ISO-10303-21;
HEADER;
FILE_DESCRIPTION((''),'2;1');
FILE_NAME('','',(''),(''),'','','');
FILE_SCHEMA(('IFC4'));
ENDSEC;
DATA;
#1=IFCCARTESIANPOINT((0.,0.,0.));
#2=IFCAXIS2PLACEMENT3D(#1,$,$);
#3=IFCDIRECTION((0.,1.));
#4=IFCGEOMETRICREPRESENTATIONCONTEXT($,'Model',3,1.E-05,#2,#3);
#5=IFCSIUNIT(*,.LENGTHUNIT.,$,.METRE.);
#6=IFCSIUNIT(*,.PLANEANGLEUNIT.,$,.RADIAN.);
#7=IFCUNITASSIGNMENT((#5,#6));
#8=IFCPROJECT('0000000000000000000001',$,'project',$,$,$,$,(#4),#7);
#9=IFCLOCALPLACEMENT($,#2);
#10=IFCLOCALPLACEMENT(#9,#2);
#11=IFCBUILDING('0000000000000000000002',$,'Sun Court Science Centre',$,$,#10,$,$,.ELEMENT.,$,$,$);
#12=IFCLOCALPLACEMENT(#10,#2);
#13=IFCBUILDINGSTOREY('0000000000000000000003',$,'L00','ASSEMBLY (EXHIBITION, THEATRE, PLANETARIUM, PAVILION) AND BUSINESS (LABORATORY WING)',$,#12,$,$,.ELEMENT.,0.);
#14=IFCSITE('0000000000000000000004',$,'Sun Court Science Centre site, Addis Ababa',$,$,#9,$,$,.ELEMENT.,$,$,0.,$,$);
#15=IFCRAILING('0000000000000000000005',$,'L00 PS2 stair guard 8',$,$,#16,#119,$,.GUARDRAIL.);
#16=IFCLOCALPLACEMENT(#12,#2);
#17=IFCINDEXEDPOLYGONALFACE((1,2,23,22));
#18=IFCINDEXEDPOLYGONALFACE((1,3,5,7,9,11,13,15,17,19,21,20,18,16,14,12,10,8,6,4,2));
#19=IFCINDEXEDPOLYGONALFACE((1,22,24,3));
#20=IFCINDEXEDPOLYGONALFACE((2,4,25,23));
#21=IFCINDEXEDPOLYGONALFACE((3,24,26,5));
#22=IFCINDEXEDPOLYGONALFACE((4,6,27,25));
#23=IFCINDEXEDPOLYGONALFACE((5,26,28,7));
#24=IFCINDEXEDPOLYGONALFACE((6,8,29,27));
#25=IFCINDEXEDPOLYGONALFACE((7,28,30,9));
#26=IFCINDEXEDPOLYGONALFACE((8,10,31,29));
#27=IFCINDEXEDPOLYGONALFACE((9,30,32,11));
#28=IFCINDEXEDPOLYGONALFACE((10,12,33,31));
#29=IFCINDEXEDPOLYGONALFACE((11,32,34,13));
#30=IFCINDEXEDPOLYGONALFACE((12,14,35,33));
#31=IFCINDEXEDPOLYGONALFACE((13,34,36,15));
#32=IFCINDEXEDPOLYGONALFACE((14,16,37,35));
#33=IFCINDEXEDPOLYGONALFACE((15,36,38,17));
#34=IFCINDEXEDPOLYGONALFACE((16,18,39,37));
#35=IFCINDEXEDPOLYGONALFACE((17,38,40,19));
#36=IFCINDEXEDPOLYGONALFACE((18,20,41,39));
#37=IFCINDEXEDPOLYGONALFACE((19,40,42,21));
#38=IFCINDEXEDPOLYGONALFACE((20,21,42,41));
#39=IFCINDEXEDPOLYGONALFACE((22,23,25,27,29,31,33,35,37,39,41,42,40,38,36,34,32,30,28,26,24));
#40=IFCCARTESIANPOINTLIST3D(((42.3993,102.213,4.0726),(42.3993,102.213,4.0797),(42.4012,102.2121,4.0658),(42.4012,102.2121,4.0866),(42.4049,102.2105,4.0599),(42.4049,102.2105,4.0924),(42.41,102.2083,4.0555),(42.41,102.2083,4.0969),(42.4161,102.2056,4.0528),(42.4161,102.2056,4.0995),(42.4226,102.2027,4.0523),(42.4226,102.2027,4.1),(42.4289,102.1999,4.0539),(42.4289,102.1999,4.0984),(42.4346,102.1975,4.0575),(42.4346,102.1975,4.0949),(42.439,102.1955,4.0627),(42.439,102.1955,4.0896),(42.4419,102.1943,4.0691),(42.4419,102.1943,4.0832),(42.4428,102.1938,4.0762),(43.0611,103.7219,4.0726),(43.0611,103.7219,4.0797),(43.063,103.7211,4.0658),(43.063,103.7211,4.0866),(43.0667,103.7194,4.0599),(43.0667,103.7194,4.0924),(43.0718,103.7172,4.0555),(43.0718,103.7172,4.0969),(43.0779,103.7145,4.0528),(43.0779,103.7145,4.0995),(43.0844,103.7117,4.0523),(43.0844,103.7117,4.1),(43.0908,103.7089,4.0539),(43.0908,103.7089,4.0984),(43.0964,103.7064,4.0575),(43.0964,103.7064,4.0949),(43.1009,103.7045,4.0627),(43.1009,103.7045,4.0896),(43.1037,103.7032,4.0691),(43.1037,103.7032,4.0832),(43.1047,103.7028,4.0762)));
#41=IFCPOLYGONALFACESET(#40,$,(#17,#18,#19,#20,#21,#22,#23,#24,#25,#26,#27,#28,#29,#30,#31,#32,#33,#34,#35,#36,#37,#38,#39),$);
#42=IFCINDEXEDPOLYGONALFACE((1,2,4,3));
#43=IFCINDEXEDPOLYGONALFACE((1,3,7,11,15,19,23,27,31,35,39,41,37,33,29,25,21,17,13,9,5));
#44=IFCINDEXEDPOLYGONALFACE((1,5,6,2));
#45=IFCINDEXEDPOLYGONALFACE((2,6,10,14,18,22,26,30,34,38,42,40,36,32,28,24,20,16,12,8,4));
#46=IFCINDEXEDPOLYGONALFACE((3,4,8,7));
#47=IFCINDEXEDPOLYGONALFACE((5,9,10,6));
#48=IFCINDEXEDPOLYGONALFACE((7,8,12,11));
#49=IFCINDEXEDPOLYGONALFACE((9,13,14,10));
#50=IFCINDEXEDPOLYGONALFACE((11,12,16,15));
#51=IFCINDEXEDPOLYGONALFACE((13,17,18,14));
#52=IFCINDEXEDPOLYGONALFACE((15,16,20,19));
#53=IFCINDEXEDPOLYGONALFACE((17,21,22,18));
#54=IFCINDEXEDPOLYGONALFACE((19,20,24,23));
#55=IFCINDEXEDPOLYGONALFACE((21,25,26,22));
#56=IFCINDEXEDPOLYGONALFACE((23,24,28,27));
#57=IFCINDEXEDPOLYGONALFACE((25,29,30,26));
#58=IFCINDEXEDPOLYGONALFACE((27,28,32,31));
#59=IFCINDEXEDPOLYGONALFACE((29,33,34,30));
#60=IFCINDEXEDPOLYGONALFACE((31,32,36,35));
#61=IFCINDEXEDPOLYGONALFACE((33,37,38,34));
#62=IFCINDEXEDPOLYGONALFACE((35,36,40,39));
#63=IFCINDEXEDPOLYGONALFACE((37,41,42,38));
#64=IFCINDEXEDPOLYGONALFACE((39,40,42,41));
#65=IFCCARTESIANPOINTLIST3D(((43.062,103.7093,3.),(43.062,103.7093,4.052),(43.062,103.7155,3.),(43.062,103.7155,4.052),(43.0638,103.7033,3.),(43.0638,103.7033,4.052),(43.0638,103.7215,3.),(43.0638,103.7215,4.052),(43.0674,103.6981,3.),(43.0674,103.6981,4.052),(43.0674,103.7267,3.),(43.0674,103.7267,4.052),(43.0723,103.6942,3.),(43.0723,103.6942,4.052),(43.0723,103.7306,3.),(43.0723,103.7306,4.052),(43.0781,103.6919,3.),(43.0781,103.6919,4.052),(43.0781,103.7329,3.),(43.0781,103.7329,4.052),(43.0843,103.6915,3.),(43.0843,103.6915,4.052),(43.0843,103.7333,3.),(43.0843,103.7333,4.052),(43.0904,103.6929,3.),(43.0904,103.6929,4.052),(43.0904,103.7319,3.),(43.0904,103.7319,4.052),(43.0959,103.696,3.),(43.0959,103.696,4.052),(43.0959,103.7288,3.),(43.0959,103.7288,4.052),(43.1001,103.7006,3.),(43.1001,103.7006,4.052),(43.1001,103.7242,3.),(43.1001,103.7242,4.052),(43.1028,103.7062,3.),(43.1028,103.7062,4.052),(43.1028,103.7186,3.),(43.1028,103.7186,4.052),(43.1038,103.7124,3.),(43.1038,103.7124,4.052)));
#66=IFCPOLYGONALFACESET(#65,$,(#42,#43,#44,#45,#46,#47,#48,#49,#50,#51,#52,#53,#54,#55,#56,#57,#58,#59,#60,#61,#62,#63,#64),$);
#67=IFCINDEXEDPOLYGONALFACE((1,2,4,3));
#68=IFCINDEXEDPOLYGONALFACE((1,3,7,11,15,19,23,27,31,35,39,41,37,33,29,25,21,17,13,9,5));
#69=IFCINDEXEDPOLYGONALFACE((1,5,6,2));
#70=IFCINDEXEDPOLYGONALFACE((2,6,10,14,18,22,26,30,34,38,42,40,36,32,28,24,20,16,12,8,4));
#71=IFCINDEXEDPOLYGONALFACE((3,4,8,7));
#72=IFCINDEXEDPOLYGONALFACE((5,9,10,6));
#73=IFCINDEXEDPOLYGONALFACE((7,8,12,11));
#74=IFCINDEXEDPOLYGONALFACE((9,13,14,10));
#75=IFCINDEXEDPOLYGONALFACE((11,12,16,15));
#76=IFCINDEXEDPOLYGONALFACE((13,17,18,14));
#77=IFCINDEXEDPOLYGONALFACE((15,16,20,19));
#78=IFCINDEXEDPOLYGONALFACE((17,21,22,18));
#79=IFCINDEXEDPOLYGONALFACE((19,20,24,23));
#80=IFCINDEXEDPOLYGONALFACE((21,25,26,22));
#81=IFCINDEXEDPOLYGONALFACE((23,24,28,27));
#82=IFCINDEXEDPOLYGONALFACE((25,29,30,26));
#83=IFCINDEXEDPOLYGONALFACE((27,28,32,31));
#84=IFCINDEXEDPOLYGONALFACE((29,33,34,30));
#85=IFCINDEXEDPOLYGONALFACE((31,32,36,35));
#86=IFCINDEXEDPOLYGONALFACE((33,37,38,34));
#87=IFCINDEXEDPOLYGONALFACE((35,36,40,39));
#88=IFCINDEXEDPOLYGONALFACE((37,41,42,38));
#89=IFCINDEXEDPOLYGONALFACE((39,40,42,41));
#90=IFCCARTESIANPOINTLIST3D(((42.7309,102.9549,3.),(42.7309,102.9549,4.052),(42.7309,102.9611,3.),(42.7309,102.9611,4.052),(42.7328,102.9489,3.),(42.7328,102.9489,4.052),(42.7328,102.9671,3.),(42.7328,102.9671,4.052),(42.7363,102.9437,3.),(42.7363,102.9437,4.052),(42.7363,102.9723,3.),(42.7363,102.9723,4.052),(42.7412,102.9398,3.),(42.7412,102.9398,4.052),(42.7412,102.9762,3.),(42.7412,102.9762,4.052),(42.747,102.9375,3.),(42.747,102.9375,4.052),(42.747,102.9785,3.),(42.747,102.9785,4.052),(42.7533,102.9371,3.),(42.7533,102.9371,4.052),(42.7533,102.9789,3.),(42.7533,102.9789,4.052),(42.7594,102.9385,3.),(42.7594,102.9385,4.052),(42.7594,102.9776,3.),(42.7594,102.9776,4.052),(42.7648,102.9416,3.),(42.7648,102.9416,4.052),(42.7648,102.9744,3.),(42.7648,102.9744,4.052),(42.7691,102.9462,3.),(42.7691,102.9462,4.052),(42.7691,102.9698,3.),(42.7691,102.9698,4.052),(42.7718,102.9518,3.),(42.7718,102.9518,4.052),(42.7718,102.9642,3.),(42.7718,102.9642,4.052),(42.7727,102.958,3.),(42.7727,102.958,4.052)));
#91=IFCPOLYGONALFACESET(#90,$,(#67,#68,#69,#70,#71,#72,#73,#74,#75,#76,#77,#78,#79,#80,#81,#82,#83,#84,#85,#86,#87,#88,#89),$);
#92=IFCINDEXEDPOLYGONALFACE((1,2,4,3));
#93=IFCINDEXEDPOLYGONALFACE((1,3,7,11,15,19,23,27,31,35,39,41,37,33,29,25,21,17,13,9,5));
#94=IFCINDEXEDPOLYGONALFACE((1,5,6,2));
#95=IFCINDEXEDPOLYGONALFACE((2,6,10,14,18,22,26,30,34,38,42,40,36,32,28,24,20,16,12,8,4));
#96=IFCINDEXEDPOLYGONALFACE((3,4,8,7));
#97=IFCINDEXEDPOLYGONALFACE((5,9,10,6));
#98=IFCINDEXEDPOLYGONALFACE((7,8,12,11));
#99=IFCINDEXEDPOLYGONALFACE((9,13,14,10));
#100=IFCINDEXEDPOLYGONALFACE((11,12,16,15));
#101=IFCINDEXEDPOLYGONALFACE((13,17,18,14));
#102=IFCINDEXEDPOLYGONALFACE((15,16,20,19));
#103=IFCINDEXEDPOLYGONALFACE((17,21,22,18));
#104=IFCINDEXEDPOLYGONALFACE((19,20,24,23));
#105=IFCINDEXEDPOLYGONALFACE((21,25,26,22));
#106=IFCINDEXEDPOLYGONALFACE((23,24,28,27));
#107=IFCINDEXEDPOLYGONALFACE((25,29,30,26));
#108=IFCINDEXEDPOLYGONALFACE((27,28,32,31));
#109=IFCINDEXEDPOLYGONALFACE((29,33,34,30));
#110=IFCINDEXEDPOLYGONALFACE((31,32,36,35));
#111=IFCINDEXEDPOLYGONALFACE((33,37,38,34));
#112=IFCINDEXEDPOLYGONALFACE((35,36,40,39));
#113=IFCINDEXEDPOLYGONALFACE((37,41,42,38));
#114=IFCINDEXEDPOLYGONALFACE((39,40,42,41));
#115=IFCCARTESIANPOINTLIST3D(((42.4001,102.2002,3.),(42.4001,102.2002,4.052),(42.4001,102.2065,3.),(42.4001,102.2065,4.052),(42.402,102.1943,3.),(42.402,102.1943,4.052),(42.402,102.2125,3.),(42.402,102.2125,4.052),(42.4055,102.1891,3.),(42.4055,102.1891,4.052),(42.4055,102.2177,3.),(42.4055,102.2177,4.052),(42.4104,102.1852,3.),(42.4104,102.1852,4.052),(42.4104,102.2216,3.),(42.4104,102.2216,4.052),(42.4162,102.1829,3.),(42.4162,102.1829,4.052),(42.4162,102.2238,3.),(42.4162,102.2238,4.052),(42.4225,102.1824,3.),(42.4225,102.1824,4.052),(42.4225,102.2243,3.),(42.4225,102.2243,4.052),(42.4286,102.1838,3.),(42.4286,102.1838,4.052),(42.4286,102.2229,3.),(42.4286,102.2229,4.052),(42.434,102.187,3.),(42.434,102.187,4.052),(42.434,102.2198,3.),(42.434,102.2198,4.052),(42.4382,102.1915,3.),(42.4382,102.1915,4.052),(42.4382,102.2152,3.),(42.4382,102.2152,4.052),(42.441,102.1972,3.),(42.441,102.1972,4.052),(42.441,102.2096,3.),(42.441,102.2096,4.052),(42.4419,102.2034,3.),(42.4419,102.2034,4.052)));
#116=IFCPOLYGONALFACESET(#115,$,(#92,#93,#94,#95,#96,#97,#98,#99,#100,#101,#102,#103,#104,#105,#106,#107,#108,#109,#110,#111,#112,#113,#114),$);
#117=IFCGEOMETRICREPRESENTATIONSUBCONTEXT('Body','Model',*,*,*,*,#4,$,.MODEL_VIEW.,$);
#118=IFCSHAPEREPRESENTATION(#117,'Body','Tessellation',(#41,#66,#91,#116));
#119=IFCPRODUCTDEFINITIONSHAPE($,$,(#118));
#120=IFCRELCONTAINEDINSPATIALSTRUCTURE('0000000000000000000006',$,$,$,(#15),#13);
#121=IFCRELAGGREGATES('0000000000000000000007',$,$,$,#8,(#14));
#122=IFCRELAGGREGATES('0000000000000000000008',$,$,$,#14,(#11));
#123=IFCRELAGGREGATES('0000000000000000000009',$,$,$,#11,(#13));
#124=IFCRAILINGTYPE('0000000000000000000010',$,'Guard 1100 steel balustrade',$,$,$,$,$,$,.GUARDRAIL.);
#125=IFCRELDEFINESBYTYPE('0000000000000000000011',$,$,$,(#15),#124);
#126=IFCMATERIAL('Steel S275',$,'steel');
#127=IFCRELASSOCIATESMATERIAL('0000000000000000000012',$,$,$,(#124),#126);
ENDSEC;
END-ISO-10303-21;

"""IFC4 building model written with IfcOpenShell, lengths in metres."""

from ifc_helpers import new_model, si_unit, direction, frame, origin, origin_2d, place, context, subcontext, project, spatial, circle, extrude, material, type_object, element, save


model = new_model("IFC4")

# Units and contexts
model_context = context("Model", 3, precision=1e-05, world=origin(), true_north=direction((0.0, 1.0)))
body_context = subcontext(model_context, "Body", "Model", "MODEL_VIEW")
ifc_project = project(units=[si_unit("LENGTHUNIT", "METRE"), si_unit("PLANEANGLEUNIT", "RADIAN")], contexts=[model_context])

# Site, building, storey
site_placement = place(None, origin())
site = spatial("IfcSite", under=ifc_project, at=site_placement, Name="Sun Court Science Centre site, Addis Ababa", CompositionType="ELEMENT", RefElevation=0.0)
building_placement = place(site_placement, origin())
building = spatial("IfcBuilding", under=site, at=building_placement, Name="Sun Court Science Centre", CompositionType="ELEMENT")
storey_placement = place(building_placement, origin())
storey = spatial("IfcBuildingStorey", under=building, at=storey_placement, Name="L00", Description="ASSEMBLY (EXHIBITION, THEATRE, PLANETARIUM, PAVILION) AND BUSINESS (LABORATORY WING)", CompositionType="ELEMENT", Elevation=0.0)

# Railing
ifc_material_1 = material(Name="Steel S275", Category="steel")
railing_type_1 = type_object("IfcRailingType", Name="Guard 1100 steel balustrade", PredefinedType="GUARDRAIL", material=ifc_material_1)
railing_1_placement = place(storey_placement, frame((43.0828, 103.7124, 3.0)))
element("IfcRailing", 1, at=railing_1_placement, inside=storey, type_object=railing_type_1, Name="L00 PS2 stair guard 8", PredefinedType="GUARDRAIL", context=body_context, shape_type="SweptSolid", body=[
    extrude(circle(Radius=0.0239, at=origin_2d()), frame((0.0, 0.0, 1.0762), z_axis=(-0.401666, -0.915786, 0.0), x_axis=(0.915786, -0.401666, 0.0)), (0.0, 0.0, 1.0), 1.6477),
    extrude(circle(Radius=0.021, at=origin_2d()), origin(), (0.0, 0.0, 1.0), 1.052),
    extrude(circle(Radius=0.021, at=origin_2d()), frame((-0.3311, -0.7544, 0.0)), (0.0, 0.0, 1.0), 1.052),
    extrude(circle(Radius=0.021, at=origin_2d()), frame((-0.6619, -1.509, 0.0)), (0.0, 0.0, 1.0), 1.052),
])

save(model, "model.ifc")
